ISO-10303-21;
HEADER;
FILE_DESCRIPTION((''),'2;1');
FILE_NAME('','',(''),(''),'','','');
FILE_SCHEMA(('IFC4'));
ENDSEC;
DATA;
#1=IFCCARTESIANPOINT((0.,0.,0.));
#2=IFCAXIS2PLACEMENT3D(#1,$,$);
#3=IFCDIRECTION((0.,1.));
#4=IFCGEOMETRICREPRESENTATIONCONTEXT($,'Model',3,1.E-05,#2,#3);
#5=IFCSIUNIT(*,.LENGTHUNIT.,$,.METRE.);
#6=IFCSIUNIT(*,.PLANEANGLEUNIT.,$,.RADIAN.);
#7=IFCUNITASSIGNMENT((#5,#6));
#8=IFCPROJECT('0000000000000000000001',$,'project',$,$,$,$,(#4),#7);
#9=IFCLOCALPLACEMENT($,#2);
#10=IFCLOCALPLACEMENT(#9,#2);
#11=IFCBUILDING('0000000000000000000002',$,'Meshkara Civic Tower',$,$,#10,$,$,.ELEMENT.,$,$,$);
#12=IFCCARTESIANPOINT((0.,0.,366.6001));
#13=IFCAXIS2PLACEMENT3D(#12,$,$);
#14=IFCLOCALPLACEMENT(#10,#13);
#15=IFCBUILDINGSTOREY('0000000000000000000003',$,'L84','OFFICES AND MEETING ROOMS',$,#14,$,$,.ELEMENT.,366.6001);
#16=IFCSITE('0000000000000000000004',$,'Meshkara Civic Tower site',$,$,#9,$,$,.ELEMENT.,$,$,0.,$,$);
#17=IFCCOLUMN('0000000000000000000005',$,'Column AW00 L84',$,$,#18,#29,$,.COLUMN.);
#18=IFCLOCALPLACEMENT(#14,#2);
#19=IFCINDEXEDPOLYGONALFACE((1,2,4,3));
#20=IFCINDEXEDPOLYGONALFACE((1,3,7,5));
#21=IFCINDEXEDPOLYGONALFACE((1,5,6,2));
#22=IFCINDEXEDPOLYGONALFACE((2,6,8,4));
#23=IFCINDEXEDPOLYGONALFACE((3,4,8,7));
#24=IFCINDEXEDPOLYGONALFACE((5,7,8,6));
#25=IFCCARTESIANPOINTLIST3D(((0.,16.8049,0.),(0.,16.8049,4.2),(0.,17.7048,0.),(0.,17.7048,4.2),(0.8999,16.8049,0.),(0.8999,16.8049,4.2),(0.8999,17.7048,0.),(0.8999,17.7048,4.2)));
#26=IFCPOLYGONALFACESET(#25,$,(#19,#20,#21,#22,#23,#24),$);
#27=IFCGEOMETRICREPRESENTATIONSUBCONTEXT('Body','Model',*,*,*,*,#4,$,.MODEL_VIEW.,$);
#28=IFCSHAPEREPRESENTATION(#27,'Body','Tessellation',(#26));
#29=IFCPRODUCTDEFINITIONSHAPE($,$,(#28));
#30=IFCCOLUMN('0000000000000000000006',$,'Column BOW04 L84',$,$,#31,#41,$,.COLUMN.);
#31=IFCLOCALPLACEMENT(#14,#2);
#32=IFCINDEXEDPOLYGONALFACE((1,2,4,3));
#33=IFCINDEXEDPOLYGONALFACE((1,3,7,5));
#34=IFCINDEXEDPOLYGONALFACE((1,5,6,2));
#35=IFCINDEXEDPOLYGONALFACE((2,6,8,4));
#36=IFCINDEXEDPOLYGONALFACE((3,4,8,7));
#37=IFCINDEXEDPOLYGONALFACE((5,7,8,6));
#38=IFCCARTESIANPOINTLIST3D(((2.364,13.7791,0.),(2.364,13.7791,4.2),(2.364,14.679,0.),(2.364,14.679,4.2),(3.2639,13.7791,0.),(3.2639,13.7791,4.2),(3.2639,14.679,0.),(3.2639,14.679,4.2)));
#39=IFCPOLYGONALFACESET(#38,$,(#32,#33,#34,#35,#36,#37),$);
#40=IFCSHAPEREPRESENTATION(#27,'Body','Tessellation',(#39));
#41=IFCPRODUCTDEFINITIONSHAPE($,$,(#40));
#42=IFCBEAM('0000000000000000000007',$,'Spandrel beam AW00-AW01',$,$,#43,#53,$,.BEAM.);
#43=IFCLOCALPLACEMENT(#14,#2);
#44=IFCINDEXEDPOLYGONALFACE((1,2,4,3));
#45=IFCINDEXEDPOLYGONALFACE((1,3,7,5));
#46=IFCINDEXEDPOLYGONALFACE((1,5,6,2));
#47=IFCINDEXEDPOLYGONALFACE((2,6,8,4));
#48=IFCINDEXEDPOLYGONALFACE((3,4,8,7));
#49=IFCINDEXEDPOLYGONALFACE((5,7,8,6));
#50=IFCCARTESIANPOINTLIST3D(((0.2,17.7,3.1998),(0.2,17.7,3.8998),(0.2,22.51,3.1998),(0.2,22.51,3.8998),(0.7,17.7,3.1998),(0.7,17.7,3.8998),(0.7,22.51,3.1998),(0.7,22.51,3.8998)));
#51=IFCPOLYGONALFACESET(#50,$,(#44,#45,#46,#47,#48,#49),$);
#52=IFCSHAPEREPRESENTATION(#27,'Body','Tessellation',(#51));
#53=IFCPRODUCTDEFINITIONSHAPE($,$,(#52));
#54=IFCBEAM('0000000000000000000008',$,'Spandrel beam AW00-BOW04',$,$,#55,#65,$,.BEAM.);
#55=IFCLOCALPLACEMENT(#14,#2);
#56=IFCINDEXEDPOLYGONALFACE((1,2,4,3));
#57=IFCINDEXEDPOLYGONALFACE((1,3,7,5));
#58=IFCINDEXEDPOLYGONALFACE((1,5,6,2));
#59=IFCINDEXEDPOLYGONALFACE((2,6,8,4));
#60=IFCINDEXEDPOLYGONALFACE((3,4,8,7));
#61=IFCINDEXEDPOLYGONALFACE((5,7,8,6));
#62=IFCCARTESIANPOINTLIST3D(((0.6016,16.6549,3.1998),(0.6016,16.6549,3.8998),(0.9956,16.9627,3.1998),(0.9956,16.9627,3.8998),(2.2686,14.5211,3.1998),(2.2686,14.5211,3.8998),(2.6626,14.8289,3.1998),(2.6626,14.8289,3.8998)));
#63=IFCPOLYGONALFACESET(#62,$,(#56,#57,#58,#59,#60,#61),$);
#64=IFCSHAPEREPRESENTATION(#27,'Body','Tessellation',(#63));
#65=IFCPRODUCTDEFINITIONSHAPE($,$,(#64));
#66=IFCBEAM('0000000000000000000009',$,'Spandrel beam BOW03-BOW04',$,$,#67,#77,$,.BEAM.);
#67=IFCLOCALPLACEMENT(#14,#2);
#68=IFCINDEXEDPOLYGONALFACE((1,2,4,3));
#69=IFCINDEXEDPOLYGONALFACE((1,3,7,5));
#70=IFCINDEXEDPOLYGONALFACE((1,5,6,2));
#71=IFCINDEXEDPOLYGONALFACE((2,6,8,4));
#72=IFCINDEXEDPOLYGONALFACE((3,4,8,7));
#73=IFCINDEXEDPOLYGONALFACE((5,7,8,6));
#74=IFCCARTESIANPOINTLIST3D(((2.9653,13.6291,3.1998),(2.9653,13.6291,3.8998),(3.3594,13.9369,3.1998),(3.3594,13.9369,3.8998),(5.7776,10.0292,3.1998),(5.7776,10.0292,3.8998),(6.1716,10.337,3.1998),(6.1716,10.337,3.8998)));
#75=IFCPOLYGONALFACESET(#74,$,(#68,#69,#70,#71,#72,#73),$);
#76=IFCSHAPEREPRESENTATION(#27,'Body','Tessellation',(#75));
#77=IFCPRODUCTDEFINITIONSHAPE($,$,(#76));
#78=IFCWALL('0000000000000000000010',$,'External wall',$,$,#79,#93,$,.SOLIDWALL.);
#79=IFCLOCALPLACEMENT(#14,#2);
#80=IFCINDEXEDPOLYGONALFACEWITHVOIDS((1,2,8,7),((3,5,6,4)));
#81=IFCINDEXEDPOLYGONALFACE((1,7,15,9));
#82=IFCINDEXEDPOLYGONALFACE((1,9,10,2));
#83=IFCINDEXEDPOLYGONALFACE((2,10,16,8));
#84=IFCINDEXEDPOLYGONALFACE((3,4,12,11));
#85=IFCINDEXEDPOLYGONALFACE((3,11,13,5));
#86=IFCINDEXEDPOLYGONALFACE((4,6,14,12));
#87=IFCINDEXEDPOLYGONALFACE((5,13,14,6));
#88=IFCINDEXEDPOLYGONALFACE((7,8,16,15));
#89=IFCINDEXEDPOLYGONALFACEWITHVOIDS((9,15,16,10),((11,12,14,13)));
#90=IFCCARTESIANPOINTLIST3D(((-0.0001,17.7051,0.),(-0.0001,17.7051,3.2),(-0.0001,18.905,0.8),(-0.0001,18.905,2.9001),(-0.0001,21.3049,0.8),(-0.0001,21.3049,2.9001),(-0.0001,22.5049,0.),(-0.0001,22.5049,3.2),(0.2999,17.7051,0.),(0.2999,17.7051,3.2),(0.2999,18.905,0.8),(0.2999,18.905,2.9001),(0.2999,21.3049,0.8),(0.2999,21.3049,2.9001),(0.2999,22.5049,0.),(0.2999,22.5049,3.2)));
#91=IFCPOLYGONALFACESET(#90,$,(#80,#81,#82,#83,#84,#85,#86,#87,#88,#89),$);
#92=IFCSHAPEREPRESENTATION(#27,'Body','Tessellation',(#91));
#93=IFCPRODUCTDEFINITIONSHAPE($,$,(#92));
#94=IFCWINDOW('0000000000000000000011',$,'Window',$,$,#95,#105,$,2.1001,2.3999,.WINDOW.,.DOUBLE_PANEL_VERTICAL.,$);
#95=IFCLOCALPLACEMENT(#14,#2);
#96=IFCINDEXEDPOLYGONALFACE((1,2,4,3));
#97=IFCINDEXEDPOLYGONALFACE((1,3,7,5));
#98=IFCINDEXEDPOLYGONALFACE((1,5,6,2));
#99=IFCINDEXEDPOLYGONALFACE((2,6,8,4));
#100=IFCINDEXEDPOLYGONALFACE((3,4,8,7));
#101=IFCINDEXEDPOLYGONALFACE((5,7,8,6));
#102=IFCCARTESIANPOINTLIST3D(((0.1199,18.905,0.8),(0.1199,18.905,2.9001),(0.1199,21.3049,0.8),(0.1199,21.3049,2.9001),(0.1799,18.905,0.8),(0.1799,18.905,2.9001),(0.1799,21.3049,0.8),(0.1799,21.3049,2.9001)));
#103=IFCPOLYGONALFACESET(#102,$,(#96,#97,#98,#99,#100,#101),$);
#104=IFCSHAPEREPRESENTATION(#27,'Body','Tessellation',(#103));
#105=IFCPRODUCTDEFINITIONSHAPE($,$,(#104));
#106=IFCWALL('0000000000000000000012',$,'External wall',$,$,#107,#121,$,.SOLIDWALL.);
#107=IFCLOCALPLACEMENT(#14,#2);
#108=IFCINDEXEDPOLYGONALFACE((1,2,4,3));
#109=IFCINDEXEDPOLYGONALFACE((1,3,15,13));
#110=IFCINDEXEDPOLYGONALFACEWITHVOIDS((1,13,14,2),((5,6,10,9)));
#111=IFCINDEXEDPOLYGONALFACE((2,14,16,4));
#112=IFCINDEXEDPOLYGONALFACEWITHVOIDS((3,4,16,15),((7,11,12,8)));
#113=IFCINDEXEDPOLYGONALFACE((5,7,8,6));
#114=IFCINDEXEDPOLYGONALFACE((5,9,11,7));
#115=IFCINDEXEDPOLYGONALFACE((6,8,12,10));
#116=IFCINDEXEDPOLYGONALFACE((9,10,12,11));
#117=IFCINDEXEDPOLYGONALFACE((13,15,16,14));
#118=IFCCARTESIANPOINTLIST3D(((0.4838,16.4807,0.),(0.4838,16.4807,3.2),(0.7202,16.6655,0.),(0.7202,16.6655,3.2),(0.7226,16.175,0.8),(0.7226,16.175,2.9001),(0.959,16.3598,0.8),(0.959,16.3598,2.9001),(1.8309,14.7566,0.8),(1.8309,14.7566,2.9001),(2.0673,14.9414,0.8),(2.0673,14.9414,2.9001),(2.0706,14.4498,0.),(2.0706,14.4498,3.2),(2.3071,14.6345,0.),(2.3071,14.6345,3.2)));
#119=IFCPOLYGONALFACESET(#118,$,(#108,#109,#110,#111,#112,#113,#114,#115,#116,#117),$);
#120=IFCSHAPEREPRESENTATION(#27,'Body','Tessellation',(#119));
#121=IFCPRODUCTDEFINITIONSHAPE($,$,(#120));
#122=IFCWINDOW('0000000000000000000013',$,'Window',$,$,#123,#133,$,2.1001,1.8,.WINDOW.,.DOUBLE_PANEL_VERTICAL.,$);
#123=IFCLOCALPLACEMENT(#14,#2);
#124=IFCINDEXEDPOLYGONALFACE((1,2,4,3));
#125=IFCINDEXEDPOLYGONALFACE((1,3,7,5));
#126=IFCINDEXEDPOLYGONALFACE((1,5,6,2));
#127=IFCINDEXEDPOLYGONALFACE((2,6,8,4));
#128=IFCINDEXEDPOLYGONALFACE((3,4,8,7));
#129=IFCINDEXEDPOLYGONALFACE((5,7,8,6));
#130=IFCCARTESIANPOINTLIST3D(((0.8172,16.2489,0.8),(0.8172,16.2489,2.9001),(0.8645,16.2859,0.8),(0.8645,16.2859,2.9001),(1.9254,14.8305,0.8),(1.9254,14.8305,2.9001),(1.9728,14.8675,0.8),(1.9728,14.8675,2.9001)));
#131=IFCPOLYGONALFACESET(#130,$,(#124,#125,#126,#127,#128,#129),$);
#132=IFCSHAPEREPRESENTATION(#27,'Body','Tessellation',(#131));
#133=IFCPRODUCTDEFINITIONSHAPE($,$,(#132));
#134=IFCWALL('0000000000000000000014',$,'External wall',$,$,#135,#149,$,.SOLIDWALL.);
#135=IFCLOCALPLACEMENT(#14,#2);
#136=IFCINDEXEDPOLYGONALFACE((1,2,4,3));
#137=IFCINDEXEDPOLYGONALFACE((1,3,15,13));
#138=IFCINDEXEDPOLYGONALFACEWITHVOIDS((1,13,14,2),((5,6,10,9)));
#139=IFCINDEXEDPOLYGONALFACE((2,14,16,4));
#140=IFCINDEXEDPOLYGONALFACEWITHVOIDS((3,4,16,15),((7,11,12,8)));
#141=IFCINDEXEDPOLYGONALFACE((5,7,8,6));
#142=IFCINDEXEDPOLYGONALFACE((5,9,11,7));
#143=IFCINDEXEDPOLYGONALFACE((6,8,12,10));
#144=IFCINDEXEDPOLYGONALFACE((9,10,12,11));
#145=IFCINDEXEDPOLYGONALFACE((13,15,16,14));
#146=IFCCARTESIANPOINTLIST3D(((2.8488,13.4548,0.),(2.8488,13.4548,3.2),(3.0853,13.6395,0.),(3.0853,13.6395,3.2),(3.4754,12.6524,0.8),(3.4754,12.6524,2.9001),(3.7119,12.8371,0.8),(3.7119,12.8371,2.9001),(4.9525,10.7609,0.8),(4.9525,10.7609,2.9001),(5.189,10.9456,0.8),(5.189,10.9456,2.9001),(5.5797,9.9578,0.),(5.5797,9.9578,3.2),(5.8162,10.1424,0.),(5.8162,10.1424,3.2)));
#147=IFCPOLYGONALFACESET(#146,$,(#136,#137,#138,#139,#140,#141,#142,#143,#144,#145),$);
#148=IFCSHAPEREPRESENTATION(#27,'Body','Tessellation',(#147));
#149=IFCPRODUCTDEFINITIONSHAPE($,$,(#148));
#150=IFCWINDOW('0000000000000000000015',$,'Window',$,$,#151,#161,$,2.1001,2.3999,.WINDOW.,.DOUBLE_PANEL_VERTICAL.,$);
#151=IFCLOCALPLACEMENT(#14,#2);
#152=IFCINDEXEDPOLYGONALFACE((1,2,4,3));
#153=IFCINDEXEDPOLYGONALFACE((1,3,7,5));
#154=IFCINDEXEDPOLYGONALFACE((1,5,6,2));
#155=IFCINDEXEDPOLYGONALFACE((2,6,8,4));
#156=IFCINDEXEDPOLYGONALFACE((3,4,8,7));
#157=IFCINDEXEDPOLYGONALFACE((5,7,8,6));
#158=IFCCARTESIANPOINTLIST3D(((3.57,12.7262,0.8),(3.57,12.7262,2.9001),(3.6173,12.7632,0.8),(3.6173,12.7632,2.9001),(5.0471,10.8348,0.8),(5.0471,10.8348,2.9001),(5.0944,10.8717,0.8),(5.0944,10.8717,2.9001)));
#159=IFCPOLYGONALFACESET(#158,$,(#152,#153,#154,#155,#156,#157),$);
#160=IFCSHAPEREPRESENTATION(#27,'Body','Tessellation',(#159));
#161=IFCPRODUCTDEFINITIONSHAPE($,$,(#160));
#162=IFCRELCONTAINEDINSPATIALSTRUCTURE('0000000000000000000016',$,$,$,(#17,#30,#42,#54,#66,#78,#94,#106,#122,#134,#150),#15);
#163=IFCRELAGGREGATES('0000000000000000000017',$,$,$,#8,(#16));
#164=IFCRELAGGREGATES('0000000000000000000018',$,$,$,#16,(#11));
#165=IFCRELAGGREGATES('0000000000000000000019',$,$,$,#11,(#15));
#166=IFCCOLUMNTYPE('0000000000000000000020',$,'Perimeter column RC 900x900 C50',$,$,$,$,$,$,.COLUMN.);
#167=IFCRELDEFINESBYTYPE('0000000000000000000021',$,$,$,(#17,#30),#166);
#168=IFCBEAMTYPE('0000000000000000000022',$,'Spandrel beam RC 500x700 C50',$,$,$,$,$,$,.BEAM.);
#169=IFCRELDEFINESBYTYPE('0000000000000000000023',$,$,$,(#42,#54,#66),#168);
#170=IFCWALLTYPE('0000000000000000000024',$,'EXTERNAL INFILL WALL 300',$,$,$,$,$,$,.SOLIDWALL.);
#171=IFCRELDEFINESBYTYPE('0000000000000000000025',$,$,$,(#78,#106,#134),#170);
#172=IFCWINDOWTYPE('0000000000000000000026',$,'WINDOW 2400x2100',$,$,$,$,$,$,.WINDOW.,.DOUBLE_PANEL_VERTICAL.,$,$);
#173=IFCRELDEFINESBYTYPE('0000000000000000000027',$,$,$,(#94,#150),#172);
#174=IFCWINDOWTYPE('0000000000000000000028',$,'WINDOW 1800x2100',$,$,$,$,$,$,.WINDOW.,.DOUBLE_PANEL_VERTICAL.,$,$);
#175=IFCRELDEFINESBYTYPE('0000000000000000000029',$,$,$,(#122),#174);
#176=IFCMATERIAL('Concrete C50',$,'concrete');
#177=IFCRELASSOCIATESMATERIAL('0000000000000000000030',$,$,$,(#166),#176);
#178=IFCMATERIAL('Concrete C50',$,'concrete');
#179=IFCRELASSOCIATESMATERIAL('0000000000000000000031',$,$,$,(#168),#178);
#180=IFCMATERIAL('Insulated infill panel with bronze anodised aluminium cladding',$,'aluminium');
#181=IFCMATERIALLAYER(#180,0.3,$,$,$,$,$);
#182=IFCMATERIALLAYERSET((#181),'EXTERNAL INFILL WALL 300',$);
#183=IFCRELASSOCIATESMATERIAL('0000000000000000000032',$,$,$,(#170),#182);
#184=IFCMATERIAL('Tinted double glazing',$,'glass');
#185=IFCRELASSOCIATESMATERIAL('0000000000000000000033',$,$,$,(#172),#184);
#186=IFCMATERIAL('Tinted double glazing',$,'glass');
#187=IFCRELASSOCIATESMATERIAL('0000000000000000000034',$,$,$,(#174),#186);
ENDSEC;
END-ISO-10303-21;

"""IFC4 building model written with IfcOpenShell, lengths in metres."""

from ifc_helpers import new_model, si_unit, direction, frame, frame_2d, origin, origin_2d, place, context, subcontext, project, spatial, rectangle, extrude, material, layer, layer_set, material_profile, profile_set, type_object, element, fill, save


model = new_model("IFC4")

# Units and contexts
model_context = context("Model", 3, precision=1e-05, world=origin(), true_north=direction((0.0, 1.0)))
body_context = subcontext(model_context, "Body", "Model", "MODEL_VIEW")
ifc_project = project(units=[si_unit("LENGTHUNIT", "METRE"), si_unit("PLANEANGLEUNIT", "RADIAN")], contexts=[model_context])

# Site, building, storey
site_placement = place(None, origin())
site = spatial("IfcSite", under=ifc_project, at=site_placement, Name="Meshkara Civic Tower site", CompositionType="ELEMENT", RefElevation=0.0)
building_placement = place(site_placement, origin())
building = spatial("IfcBuilding", under=site, at=building_placement, Name="Meshkara Civic Tower", CompositionType="ELEMENT")
storey_placement = place(building_placement, frame((0.0, 0.0, 366.6001)))
storey = spatial("IfcBuildingStorey", under=building, at=storey_placement, Name="L84", Description="OFFICES AND MEETING ROOMS", CompositionType="ELEMENT", Elevation=366.6001)

# Columns
ifc_material_1 = material(Name="Concrete C50", Category="concrete")
ifc_material_profile_1 = material_profile(ifc_material_1, rectangle(XDim=0.8999, YDim=0.8999, at=origin_2d()))
ifc_profile_set_1 = profile_set([ifc_material_profile_1], Name="Concrete C50")
column_type = type_object("IfcColumnType", Name="Perimeter column RC 900x900 C50", PredefinedType="COLUMN", material=ifc_profile_set_1)
for number, where, z_axis, x_axis, name in (
    (1, (0.45, 17.2549, 0.0), (0.0, 0.0, 1.0), (1.0, 0.0, 0.0), "Column AW00 L84"),
    (2, (2.814, 14.229, 0.0), (0.0, 0.0, 1.0), (1.0, 0.0, 0.0), "Column BOW04 L84"),
):
    element("IfcColumn", number, at=place(storey_placement, frame(where, z_axis=z_axis, x_axis=x_axis)), inside=storey, type_object=column_type, Name=name, PredefinedType="COLUMN", context=body_context, shape_type="SweptSolid", body=[
        extrude(rectangle(XDim=0.8999, YDim=0.8999, at=origin_2d()), origin(), (0.0, 0.0, 1.0), 4.2),
    ])

# Beams
ifc_material_2 = material(Name="Concrete C50", Category="concrete")
ifc_material_profile_2 = material_profile(ifc_material_2, rectangle(XDim=0.5, YDim=0.7, at=origin_2d()))
ifc_profile_set_2 = profile_set([ifc_material_profile_2], Name="Concrete C50")
beam_type = type_object("IfcBeamType", Name="Spandrel beam RC 500x700 C50", PredefinedType="BEAM", material=ifc_profile_set_2)
beam_1_placement = place(storey_placement, frame((0.45, 22.51, 3.5498), z_axis=(0.0, -1.0, 0.0), x_axis=(1.0, 0.0, 0.0)))
element("IfcBeam", 3, at=beam_1_placement, inside=storey, type_object=beam_type, Name="Spandrel beam AW00-AW01", PredefinedType="BEAM", context=body_context, shape_type="SweptSolid", body=[
    extrude(rectangle(XDim=0.5, YDim=0.7, at=origin_2d()), origin(), (0.0, 0.0, 1.0), 4.8101),
])
beam_2_placement = place(storey_placement, frame((0.7986, 16.8088, 3.5498), z_axis=(0.615637, -0.78803, 0.0), x_axis=(0.78803, 0.615637, 0.0)))
element("IfcBeam", 4, at=beam_2_placement, inside=storey, type_object=beam_type, Name="Spandrel beam AW00-BOW04", PredefinedType="BEAM", context=body_context, shape_type="SweptSolid", body=[
    extrude(rectangle(XDim=0.5, YDim=0.7, at=origin_2d()), origin(), (0.0, 0.0, 1.0), 2.7078),
])
beam_3_placement = place(storey_placement, frame((3.1624, 13.783, 3.5498), z_axis=(0.615626, -0.788038, 0.0), x_axis=(0.788038, 0.615626, 0.0)))
element("IfcBeam", 5, at=beam_3_placement, inside=storey, type_object=beam_type, Name="Spandrel beam BOW03-BOW04", PredefinedType="BEAM", context=body_context, shape_type="SweptSolid", body=[
    extrude(rectangle(XDim=0.5, YDim=0.7, at=origin_2d()), origin(), (0.0, 0.0, 1.0), 4.5681),
])

# Walls, openings, windows
ifc_material_3 = material(Name="Insulated infill panel with bronze anodised aluminium cladding", Category="aluminium")
ifc_layer = layer(ifc_material_3, 0.3)
ifc_layer_set = layer_set([ifc_layer], Name="EXTERNAL INFILL WALL 300")
wall_type = type_object("IfcWallType", Name="EXTERNAL INFILL WALL 300", PredefinedType="SOLIDWALL", material=ifc_layer_set)
wall_1_placement = place(storey_placement, frame((0.1499, 22.5049, 0.0), z_axis=(0.0, 0.0, 1.0), x_axis=(0.0, -1.0, 0.0)))
wall_1 = element("IfcWall", 6, at=wall_1_placement, inside=storey, type_object=wall_type, Name="External wall", PredefinedType="SOLIDWALL", context=body_context, shape_type="SweptSolid", body=[
    extrude(rectangle(XDim=4.7998, YDim=0.3, at=frame_2d((2.3999, 0.0))), origin(), (0.0, 0.0, 1.0), 3.2),
])
opening_1_placement = place(wall_1_placement, frame((1.2, 0.0, 0.8)))
opening_1 = element("IfcOpeningElement", 7, at=opening_1_placement, cuts=wall_1, PredefinedType="OPENING", context=body_context, shape_type="SweptSolid", body=[
    extrude(rectangle(XDim=2.3999, YDim=2.1001, at=frame_2d((1.2, 1.05))), frame((0.0, 0.1599, 0.0), z_axis=(0.0, -1.0, 0.0), x_axis=(1.0, 0.0, 0.0)), (0.0, 0.0, 1.0), 0.3201),
])
ifc_material_4 = material(Name="Tinted double glazing", Category="glass")
window_type_1 = type_object("IfcWindowType", Name="WINDOW 2400x2100", PartitioningType="DOUBLE_PANEL_VERTICAL", PredefinedType="WINDOW", material=ifc_material_4)
window_1_placement = place(opening_1_placement, origin())
window_1 = element("IfcWindow", 8, at=window_1_placement, inside=storey, type_object=window_type_1, Name="Window", OverallHeight=2.1001, OverallWidth=2.3999, PartitioningType="DOUBLE_PANEL_VERTICAL", PredefinedType="WINDOW", context=body_context, shape_type="SweptSolid", body=[
    extrude(rectangle(XDim=2.3999, YDim=2.1001, at=frame_2d((1.2, 1.05))), frame((0.0, 0.03, 0.0), z_axis=(0.0, -1.0, 0.0), x_axis=(1.0, 0.0, 0.0)), (0.0, 0.0, 1.0), 0.0601),
])
fill(opening_1, window_1)
wall_2_placement = place(storey_placement, frame((0.6021, 16.573, 0.0), z_axis=(0.0, 0.0, 1.0), x_axis=(0.61569, -0.787988, 0.0)))
wall_2 = element("IfcWall", 9, at=wall_2_placement, inside=storey, type_object=wall_type, Name="External wall", PredefinedType="SOLIDWALL", context=body_context, shape_type="SweptSolid", body=[
    extrude(rectangle(XDim=2.5774, YDim=0.3, at=frame_2d((1.2886, 0.0))), origin(), (0.0, 0.0, 1.0), 3.2),
])
opening_2_placement = place(wall_2_placement, frame((0.3879, 0.0, 0.8)))
opening_2 = element("IfcOpeningElement", 10, at=opening_2_placement, cuts=wall_2, PredefinedType="OPENING", context=body_context, shape_type="SweptSolid", body=[
    extrude(rectangle(XDim=1.8, YDim=2.1001, at=frame_2d((0.8999, 1.05))), frame((0.0, 0.1599, 0.0), z_axis=(0.0, -1.0, 0.0), x_axis=(1.0, 0.0, 0.0)), (0.0, 0.0, 1.0), 0.3201),
])
ifc_material_5 = material(Name="Tinted double glazing", Category="glass")
window_type_2 = type_object("IfcWindowType", Name="WINDOW 1800x2100", PartitioningType="DOUBLE_PANEL_VERTICAL", PredefinedType="WINDOW", material=ifc_material_5)
window_2_placement = place(opening_2_placement, origin())
window_2 = element("IfcWindow", 11, at=window_2_placement, inside=storey, type_object=window_type_2, Name="Window", OverallHeight=2.1001, OverallWidth=1.8, PartitioningType="DOUBLE_PANEL_VERTICAL", PredefinedType="WINDOW", context=body_context, shape_type="SweptSolid", body=[
    extrude(rectangle(XDim=1.8, YDim=2.1001, at=frame_2d((0.8999, 1.05))), frame((0.0, 0.03, 0.0), z_axis=(0.0, -1.0, 0.0), x_axis=(1.0, 0.0, 0.0)), (0.0, 0.0, 1.0), 0.0601),
])
fill(opening_2, window_2)
wall_3_placement = place(storey_placement, frame((2.967, 13.5471, 0.0), z_axis=(0.0, 0.0, 1.0), x_axis=(0.615486, -0.788148, 0.0)))
wall_3 = element("IfcWall", 12, at=wall_3_placement, inside=storey, type_object=wall_type, Name="External wall", PredefinedType="SOLIDWALL", context=body_context, shape_type="SweptSolid", body=[
    extrude(rectangle(XDim=4.437, YDim=0.3, at=frame_2d((2.2185, 0.0))), origin(), (0.0, 0.0, 1.0), 3.2),
])
opening_3_placement = place(wall_3_placement, frame((1.0181, 0.0, 0.8)))
opening_3 = element("IfcOpeningElement", 13, at=opening_3_placement, cuts=wall_3, PredefinedType="OPENING", context=body_context, shape_type="SweptSolid", body=[
    extrude(rectangle(XDim=2.3999, YDim=2.1001, at=frame_2d((1.2, 1.05))), frame((0.0, 0.1599, 0.0), z_axis=(0.0, -1.0, 0.0), x_axis=(1.0, 0.0, 0.0)), (0.0, 0.0, 1.0), 0.3201),
])
window_3_placement = place(opening_3_placement, origin())
window_3 = element("IfcWindow", 14, at=window_3_placement, inside=storey, type_object=window_type_1, Name="Window", OverallHeight=2.1001, OverallWidth=2.3999, PartitioningType="DOUBLE_PANEL_VERTICAL", PredefinedType="WINDOW", context=body_context, shape_type="SweptSolid", body=[
    extrude(rectangle(XDim=2.3999, YDim=2.1001, at=frame_2d((1.2, 1.05))), frame((0.0, 0.03, 0.0), z_axis=(0.0, -1.0, 0.0), x_axis=(1.0, 0.0, 0.0)), (0.0, 0.0, 1.0), 0.0601),
])
fill(opening_3, window_3)

save(model, "model.ifc")
